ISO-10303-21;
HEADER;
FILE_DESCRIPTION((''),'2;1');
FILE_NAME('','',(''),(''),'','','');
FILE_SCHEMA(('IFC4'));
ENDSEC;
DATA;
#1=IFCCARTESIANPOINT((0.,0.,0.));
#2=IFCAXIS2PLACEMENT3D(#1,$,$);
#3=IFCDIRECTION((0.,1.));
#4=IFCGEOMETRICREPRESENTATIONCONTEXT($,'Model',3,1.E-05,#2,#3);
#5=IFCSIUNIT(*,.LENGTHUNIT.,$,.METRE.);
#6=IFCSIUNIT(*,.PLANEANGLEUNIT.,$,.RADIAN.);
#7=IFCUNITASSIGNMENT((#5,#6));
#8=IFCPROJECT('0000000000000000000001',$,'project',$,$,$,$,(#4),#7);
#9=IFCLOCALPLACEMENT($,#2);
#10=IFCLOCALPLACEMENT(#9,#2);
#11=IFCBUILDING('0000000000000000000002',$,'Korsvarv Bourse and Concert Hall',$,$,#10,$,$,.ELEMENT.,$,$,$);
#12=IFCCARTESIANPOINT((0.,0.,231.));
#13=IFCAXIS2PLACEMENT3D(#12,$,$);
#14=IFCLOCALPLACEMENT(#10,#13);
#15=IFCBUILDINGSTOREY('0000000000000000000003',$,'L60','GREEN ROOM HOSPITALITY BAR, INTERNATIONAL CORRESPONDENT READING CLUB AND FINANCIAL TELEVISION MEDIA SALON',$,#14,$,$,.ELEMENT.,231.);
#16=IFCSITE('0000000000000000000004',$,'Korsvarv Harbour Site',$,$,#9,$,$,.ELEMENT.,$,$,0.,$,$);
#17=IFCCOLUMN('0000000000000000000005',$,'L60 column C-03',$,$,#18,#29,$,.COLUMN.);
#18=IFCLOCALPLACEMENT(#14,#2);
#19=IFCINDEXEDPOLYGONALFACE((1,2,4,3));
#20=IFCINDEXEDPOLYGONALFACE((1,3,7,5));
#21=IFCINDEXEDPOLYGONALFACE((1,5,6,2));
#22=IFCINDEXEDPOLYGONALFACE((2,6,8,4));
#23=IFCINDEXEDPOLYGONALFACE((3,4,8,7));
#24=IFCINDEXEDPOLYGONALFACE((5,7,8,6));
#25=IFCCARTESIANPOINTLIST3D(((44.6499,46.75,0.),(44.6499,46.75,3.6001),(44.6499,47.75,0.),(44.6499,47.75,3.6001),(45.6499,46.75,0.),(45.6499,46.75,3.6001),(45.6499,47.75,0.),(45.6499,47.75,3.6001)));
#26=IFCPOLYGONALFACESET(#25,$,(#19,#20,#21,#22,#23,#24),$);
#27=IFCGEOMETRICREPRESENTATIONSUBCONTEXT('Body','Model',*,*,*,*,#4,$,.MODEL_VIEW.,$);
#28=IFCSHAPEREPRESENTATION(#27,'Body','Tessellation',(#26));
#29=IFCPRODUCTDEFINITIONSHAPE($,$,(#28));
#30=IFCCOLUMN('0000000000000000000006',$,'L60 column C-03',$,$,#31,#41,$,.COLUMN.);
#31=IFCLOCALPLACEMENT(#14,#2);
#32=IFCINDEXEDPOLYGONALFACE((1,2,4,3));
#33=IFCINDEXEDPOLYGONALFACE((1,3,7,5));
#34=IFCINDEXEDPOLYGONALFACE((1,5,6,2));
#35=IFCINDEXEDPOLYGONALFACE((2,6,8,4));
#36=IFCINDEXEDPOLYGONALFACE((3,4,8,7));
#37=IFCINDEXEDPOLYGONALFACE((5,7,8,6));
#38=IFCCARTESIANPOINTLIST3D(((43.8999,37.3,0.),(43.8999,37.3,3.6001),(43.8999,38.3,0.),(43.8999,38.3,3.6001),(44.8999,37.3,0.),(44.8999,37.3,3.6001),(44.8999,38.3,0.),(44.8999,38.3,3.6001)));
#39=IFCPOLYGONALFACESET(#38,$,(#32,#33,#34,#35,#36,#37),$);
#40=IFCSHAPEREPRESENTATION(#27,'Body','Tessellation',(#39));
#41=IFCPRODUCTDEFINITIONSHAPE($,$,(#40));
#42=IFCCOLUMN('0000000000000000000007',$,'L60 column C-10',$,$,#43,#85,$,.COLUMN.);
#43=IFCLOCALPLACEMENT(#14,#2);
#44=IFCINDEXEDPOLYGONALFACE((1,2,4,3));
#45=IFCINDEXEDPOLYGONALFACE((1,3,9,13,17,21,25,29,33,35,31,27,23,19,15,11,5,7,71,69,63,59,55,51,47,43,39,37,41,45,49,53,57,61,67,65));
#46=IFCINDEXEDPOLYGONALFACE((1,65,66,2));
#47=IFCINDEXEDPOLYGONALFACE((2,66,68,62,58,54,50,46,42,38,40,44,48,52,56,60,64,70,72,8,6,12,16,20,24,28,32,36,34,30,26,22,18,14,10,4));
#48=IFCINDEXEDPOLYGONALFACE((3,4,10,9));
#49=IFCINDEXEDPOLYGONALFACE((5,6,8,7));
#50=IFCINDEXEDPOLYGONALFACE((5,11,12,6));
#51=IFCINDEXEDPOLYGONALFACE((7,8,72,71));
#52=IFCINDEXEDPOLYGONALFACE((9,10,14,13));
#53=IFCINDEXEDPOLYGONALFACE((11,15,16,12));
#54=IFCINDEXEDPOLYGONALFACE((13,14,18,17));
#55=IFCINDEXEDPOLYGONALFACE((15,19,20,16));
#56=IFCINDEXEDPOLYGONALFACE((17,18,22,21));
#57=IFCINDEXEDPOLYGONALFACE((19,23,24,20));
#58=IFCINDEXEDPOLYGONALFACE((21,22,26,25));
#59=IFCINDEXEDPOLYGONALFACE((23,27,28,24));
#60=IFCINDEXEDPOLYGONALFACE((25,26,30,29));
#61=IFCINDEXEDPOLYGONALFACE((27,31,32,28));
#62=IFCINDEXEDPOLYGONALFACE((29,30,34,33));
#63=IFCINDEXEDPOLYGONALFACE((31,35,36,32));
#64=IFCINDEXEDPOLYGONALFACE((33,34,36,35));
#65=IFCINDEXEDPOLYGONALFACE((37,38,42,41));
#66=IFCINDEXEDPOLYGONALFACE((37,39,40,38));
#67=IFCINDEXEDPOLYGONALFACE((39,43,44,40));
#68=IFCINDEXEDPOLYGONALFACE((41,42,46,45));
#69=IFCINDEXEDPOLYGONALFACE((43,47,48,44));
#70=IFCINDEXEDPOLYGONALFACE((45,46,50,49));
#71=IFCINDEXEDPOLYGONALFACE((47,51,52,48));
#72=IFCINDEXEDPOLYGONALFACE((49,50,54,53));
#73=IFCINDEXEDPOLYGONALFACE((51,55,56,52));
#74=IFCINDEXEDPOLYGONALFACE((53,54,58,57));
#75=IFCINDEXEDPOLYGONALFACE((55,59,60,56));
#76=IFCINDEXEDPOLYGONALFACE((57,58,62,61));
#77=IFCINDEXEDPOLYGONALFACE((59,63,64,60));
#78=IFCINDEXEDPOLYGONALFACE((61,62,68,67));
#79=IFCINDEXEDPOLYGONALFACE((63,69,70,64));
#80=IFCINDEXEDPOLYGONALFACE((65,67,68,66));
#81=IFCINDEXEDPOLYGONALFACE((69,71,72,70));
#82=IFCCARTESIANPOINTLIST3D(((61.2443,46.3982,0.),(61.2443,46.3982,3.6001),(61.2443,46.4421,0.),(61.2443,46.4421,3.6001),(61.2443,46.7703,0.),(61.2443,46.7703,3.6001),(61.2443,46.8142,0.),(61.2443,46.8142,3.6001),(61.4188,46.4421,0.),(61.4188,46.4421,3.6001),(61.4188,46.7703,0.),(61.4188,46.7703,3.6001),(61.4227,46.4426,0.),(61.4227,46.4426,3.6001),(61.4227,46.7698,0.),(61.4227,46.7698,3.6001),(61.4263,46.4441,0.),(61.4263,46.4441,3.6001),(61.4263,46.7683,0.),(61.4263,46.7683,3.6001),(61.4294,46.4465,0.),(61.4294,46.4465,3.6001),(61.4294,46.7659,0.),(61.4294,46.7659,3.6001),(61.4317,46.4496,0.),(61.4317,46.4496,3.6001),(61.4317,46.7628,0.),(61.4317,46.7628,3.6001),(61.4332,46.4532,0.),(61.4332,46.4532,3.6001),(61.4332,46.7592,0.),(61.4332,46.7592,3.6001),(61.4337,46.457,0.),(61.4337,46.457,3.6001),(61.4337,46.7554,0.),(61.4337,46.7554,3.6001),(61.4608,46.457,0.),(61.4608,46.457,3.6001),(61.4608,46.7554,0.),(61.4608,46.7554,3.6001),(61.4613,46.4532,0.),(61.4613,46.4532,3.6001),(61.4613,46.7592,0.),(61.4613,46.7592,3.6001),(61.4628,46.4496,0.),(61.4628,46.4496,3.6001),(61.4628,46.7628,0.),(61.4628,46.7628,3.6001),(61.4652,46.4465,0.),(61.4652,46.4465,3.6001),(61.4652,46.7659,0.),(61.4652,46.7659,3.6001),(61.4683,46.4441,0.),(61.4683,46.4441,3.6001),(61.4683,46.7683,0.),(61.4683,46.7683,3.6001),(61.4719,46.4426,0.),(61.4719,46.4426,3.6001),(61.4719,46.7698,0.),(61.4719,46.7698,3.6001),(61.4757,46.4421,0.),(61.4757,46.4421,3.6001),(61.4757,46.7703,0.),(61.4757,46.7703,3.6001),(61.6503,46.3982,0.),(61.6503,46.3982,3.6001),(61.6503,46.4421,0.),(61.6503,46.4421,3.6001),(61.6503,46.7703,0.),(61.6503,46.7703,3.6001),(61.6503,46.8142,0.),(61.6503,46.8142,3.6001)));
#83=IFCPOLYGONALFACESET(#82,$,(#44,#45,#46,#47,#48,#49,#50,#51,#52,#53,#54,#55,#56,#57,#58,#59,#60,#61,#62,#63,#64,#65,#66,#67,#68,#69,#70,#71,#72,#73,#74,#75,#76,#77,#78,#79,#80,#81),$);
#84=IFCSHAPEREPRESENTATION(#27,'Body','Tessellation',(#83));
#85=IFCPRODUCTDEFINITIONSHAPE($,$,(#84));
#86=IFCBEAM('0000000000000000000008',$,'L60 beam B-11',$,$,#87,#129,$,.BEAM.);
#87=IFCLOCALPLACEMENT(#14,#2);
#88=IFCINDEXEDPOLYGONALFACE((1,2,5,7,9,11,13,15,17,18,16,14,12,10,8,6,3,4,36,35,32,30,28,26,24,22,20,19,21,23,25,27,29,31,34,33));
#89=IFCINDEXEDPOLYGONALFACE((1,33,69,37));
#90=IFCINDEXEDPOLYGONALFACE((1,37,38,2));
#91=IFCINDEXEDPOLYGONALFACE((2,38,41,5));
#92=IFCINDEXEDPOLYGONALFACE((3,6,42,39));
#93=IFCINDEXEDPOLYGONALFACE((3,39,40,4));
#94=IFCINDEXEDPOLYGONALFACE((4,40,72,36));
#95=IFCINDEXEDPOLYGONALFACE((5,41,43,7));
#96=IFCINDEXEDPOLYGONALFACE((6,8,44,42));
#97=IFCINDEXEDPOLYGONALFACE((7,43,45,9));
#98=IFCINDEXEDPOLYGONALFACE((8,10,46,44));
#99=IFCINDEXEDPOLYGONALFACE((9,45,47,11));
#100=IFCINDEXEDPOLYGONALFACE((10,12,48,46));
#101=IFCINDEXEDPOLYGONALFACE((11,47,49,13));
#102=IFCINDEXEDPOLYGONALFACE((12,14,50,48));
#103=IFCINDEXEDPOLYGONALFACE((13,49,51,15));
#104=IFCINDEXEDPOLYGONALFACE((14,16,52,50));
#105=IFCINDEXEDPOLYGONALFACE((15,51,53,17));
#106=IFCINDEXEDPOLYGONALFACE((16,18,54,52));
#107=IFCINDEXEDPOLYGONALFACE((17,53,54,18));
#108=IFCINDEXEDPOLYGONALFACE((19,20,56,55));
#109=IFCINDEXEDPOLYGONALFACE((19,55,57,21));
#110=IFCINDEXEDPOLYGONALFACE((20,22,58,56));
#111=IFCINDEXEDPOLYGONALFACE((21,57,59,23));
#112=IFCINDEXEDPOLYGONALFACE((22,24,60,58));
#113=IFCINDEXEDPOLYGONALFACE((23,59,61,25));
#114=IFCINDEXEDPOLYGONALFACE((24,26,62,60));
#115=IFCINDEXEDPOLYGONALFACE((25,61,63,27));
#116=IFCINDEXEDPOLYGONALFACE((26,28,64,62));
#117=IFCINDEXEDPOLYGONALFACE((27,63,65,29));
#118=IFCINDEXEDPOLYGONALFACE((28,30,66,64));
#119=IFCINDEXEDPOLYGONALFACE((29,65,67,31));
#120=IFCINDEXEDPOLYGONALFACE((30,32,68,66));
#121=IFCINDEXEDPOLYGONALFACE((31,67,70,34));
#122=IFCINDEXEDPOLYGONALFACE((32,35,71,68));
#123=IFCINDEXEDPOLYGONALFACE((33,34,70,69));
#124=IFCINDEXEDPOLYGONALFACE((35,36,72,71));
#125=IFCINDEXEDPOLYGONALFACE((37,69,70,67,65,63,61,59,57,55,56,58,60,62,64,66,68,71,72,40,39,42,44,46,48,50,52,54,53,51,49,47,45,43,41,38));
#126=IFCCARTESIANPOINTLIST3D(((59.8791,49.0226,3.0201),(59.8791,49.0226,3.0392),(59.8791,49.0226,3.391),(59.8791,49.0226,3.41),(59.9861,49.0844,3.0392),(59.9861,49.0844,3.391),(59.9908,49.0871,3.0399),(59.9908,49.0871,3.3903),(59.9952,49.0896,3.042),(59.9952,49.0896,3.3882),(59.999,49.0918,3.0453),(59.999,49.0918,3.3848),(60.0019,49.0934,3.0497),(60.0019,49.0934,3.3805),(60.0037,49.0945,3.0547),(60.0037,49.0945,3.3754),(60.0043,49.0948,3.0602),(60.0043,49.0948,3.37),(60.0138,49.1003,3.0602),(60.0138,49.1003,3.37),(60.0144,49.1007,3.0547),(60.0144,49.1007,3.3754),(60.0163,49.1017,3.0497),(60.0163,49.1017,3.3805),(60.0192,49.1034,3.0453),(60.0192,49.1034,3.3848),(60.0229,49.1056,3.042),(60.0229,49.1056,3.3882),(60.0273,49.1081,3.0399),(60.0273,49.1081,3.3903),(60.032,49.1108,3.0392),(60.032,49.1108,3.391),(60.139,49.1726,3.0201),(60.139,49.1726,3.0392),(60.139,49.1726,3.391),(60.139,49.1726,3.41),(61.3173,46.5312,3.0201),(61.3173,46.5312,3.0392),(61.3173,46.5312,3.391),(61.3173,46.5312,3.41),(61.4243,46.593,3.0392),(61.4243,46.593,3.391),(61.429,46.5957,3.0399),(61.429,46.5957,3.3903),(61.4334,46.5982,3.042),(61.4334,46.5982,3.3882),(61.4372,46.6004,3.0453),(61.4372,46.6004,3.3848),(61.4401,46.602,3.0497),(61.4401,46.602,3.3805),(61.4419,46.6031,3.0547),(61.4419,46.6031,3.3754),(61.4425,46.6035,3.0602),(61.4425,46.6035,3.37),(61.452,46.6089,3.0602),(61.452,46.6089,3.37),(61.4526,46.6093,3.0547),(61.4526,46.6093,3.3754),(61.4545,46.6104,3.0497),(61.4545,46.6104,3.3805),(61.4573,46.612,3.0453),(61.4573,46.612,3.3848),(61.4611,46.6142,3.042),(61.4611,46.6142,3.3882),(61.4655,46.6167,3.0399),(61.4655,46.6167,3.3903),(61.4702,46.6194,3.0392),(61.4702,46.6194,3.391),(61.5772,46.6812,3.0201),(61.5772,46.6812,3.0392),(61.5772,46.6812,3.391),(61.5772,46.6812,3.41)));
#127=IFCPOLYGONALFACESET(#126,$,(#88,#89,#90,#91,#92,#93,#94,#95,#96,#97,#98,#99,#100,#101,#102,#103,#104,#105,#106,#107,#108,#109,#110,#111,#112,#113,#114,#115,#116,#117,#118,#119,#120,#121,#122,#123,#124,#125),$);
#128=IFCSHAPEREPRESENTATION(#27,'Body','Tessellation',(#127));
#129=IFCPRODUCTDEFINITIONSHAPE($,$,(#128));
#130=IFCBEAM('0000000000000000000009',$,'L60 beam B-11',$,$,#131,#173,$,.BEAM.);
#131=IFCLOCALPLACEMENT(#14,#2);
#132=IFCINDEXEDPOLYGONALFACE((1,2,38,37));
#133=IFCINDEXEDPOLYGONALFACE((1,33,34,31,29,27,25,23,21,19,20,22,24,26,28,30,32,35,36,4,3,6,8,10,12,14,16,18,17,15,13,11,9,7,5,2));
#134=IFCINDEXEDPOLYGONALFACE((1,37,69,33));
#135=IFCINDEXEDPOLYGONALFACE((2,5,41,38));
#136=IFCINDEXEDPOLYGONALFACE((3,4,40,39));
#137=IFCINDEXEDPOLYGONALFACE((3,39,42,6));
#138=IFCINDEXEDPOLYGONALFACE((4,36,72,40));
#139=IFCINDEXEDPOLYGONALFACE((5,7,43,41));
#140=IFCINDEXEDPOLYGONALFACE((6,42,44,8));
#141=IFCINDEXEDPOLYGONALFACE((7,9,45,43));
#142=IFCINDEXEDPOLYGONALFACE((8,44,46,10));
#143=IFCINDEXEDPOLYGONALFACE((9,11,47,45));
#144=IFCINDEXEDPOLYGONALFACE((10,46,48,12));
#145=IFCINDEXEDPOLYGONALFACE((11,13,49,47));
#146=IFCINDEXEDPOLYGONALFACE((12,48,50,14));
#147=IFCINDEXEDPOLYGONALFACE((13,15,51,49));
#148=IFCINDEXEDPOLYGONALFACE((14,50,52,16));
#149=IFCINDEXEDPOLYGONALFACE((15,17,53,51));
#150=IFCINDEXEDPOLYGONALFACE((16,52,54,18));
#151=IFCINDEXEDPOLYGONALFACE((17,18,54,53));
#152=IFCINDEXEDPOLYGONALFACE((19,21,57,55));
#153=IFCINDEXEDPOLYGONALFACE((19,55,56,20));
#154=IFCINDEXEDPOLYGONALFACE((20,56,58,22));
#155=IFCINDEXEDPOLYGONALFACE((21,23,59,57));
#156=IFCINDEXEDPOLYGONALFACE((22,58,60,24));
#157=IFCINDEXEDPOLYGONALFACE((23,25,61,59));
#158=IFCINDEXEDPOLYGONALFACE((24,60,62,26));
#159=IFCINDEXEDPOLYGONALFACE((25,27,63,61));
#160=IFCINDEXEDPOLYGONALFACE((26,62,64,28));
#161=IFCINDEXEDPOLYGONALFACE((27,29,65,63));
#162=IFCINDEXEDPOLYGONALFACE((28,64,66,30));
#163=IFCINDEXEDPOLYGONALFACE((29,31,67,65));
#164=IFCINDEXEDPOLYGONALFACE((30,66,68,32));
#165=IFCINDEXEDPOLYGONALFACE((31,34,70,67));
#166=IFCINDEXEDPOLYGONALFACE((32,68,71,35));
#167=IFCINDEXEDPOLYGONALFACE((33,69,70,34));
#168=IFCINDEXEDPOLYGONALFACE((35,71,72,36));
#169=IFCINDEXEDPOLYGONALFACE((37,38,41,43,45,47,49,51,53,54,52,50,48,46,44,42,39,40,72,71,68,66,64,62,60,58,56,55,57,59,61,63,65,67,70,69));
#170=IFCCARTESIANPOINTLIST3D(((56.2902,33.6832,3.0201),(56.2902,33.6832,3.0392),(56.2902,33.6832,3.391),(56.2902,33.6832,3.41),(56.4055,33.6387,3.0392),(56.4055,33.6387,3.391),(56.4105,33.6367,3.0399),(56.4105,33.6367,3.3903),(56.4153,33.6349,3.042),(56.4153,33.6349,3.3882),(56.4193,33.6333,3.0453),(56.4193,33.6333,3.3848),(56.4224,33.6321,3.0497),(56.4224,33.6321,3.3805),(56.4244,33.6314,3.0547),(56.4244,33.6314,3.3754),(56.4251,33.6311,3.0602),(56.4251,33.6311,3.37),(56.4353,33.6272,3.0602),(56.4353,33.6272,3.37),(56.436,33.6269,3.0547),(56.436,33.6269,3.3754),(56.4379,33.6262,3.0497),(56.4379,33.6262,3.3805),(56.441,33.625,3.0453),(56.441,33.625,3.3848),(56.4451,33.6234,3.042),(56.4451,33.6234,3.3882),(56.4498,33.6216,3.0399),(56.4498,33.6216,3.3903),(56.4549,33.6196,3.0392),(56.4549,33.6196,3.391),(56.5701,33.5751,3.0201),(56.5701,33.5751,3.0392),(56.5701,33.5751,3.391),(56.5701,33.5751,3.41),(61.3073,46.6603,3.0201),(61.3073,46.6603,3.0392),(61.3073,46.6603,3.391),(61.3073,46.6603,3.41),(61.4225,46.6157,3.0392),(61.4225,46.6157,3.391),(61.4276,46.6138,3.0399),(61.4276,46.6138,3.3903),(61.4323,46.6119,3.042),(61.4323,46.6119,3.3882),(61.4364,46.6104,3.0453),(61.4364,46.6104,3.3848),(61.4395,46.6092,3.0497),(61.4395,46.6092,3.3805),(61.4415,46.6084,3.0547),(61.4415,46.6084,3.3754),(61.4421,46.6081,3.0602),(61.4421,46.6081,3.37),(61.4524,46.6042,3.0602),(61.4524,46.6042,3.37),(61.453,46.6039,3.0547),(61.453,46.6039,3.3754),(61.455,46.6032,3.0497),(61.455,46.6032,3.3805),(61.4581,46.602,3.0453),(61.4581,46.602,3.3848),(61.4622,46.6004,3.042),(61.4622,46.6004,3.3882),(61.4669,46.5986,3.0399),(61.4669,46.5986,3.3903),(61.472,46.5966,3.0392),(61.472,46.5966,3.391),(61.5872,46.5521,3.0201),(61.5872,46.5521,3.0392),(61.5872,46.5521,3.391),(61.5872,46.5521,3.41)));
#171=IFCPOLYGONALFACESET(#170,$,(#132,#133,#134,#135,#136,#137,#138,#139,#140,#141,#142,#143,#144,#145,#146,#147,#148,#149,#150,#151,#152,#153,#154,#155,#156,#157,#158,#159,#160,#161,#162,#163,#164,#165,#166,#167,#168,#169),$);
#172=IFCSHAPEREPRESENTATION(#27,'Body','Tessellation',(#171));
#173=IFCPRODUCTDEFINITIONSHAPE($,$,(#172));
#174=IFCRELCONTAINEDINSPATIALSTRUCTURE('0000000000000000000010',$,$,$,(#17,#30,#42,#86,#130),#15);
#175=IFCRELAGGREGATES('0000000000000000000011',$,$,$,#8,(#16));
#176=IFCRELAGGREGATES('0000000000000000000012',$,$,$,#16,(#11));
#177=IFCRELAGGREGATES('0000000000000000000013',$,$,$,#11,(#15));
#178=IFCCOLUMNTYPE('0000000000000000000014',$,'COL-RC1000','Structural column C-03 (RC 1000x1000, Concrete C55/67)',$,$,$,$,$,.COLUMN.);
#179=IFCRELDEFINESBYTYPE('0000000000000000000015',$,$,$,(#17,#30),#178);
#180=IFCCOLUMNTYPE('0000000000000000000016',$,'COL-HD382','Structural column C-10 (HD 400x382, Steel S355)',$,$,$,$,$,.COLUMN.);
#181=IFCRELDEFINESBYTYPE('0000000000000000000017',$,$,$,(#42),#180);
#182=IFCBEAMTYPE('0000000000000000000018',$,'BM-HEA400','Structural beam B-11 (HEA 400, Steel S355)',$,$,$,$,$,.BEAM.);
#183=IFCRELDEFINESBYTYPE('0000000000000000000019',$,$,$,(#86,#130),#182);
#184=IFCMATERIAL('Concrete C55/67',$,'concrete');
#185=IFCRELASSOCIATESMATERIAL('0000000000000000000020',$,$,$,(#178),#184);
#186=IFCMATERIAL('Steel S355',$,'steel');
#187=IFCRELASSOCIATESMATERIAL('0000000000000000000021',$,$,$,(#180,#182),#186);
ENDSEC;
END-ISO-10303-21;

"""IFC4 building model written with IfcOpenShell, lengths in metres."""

from ifc_helpers import new_model, si_unit, direction, frame, origin, origin_2d, place, context, subcontext, project, spatial, rectangle, i_section, extrude, source, transform, mapped, material, material_profile, profile_set, type_object, element, save


model = new_model("IFC4")

# Units and contexts
model_context = context("Model", 3, precision=1e-05, world=origin(), true_north=direction((0.0, 1.0)))
body_context = subcontext(model_context, "Body", "Model", "MODEL_VIEW")
ifc_project = project(units=[si_unit("LENGTHUNIT", "METRE"), si_unit("PLANEANGLEUNIT", "RADIAN")], contexts=[model_context])

# Site, building, storey
site_placement = place(None, origin())
site = spatial("IfcSite", under=ifc_project, at=site_placement, Name="Korsvarv Harbour Site", CompositionType="ELEMENT", RefElevation=0.0)
building_placement = place(site_placement, origin())
building = spatial("IfcBuilding", under=site, at=building_placement, Name="Korsvarv Bourse and Concert Hall", CompositionType="ELEMENT")
storey_placement = place(building_placement, frame((0.0, 0.0, 231.0)))
storey = spatial("IfcBuildingStorey", under=building, at=storey_placement, Name="L60", Description="GREEN ROOM HOSPITALITY BAR, INTERNATIONAL CORRESPONDENT READING CLUB AND FINANCIAL TELEVISION MEDIA SALON", CompositionType="ELEMENT", Elevation=231.0)

# Columns
ifc_material_1 = material(Name="Concrete C55/67", Category="concrete")
ifc_material_profile_1 = material_profile(ifc_material_1, rectangle(XDim=1.0, YDim=1.0, at=origin_2d()), Name="RC 1000x1000")
ifc_profile_set_1 = profile_set([ifc_material_profile_1], Name="Concrete C55/67")
column_type_1 = type_object("IfcColumnType", Name="COL-RC1000", Description="Structural column C-03 (RC 1000x1000, Concrete C55/67)", PredefinedType="COLUMN", material=ifc_profile_set_1)
shared_shape_1 = source(origin(), body_context, "Body", "SweptSolid", [
    extrude(rectangle(XDim=1.0, YDim=1.0, at=origin_2d()), origin(), (0.0, 0.0, 1.0), 3.6001),
])
for number, where, z_axis, x_axis, name in (
    (1, (45.1499, 47.25, 0.0), (0.0, 0.0, 1.0), (1.0, 0.0, 0.0), "L60 column C-03"),
    (2, (44.3999, 37.8, 0.0), (0.0, 0.0, 1.0), (1.0, 0.0, 0.0), "L60 column C-03"),
):
    element("IfcColumn", number, at=place(storey_placement, frame(where, z_axis=z_axis, x_axis=x_axis)), inside=storey, type_object=column_type_1, Name=name, PredefinedType="COLUMN", context=body_context, shape_type="MappedRepresentation", body=[
        mapped(shared_shape_1, transform((0.0, 0.0, 0.0), scale=1.0)),
    ])
ifc_material_2 = material(Name="Steel S355", Category="steel")
ifc_material_profile_2 = material_profile(ifc_material_2, i_section(OverallWidth=0.406, OverallDepth=0.416, WebThickness=0.0271, FlangeThickness=0.0439, FilletRadius=0.0149, at=origin_2d()), Name="HD 400x382")
ifc_profile_set_2 = profile_set([ifc_material_profile_2], Name="Steel S355")
column_type_2 = type_object("IfcColumnType", Name="COL-HD382", Description="Structural column C-10 (HD 400x382, Steel S355)", PredefinedType="COLUMN", material=ifc_profile_set_2)
shared_shape_2 = source(origin(), body_context, "Body", "SweptSolid", [
    extrude(i_section(OverallWidth=0.406, OverallDepth=0.416, WebThickness=0.0271, FlangeThickness=0.0439, FilletRadius=0.0149, at=origin_2d()), origin(), (0.0, 0.0, 1.0), 3.6001),
])
column_placement = place(storey_placement, frame((61.4473, 46.6062, 0.0), z_axis=(0.0, 0.0, 1.0), x_axis=(1.0, 0.0, 0.0)))
element("IfcColumn", 3, at=column_placement, inside=storey, type_object=column_type_2, Name="L60 column C-10", PredefinedType="COLUMN", context=body_context, shape_type="MappedRepresentation", body=[
    mapped(shared_shape_2, transform((0.0, 0.0, 0.0), scale=1.0)),
])

# Beams
ifc_material_profile_3 = material_profile(ifc_material_2, i_section(OverallWidth=0.3, OverallDepth=0.3899, WebThickness=0.011, FlangeThickness=0.019, FilletRadius=0.021, at=origin_2d()), Name="HEA 400")
ifc_profile_set_3 = profile_set([ifc_material_profile_3], Name="Steel S355")
beam_type_1 = type_object("IfcBeamType", Name="BM-HEA400", Description="Structural beam B-11 (HEA 400, Steel S355)", PredefinedType="BEAM", material=ifc_profile_set_3)
shared_shape_3 = source(origin(), body_context, "Body", "SweptSolid", [
    extrude(i_section(OverallWidth=0.3, OverallDepth=0.3899, WebThickness=0.011, FlangeThickness=0.019, FilletRadius=0.021, at=origin_2d()), origin(), (0.0, 0.0, 1.0), 2.8767),
])
beam_1_placement = place(storey_placement, frame((61.4473, 46.6062, 3.2151), z_axis=(-0.499945, 0.866057, 0.0), x_axis=(-0.866057, -0.499945, 0.0)))
element("IfcBeam", 4, at=beam_1_placement, inside=storey, type_object=beam_type_1, Name="L60 beam B-11", PredefinedType="BEAM", context=body_context, shape_type="MappedRepresentation", body=[
    mapped(shared_shape_3, transform((0.0, 0.0, 0.0), scale=1.0)),
])
shared_shape_4 = source(origin(), body_context, "Body", "SweptSolid", [
    extrude(i_section(OverallWidth=0.3, OverallDepth=0.3899, WebThickness=0.011, FlangeThickness=0.019, FilletRadius=0.021, at=origin_2d()), origin(), (0.0, 0.0, 1.0), 13.9131),
])
beam_2_placement = place(storey_placement, frame((56.4302, 33.6292, 3.2151), z_axis=(0.360601, 0.93272, 0.0), x_axis=(-0.93272, 0.360601, 0.0)))
element("IfcBeam", 5, at=beam_2_placement, inside=storey, type_object=beam_type_1, Name="L60 beam B-11", PredefinedType="BEAM", context=body_context, shape_type="MappedRepresentation", body=[
    mapped(shared_shape_4, transform((0.0, 0.0, 0.0), scale=1.0)),
])

save(model, "model.ifc")
